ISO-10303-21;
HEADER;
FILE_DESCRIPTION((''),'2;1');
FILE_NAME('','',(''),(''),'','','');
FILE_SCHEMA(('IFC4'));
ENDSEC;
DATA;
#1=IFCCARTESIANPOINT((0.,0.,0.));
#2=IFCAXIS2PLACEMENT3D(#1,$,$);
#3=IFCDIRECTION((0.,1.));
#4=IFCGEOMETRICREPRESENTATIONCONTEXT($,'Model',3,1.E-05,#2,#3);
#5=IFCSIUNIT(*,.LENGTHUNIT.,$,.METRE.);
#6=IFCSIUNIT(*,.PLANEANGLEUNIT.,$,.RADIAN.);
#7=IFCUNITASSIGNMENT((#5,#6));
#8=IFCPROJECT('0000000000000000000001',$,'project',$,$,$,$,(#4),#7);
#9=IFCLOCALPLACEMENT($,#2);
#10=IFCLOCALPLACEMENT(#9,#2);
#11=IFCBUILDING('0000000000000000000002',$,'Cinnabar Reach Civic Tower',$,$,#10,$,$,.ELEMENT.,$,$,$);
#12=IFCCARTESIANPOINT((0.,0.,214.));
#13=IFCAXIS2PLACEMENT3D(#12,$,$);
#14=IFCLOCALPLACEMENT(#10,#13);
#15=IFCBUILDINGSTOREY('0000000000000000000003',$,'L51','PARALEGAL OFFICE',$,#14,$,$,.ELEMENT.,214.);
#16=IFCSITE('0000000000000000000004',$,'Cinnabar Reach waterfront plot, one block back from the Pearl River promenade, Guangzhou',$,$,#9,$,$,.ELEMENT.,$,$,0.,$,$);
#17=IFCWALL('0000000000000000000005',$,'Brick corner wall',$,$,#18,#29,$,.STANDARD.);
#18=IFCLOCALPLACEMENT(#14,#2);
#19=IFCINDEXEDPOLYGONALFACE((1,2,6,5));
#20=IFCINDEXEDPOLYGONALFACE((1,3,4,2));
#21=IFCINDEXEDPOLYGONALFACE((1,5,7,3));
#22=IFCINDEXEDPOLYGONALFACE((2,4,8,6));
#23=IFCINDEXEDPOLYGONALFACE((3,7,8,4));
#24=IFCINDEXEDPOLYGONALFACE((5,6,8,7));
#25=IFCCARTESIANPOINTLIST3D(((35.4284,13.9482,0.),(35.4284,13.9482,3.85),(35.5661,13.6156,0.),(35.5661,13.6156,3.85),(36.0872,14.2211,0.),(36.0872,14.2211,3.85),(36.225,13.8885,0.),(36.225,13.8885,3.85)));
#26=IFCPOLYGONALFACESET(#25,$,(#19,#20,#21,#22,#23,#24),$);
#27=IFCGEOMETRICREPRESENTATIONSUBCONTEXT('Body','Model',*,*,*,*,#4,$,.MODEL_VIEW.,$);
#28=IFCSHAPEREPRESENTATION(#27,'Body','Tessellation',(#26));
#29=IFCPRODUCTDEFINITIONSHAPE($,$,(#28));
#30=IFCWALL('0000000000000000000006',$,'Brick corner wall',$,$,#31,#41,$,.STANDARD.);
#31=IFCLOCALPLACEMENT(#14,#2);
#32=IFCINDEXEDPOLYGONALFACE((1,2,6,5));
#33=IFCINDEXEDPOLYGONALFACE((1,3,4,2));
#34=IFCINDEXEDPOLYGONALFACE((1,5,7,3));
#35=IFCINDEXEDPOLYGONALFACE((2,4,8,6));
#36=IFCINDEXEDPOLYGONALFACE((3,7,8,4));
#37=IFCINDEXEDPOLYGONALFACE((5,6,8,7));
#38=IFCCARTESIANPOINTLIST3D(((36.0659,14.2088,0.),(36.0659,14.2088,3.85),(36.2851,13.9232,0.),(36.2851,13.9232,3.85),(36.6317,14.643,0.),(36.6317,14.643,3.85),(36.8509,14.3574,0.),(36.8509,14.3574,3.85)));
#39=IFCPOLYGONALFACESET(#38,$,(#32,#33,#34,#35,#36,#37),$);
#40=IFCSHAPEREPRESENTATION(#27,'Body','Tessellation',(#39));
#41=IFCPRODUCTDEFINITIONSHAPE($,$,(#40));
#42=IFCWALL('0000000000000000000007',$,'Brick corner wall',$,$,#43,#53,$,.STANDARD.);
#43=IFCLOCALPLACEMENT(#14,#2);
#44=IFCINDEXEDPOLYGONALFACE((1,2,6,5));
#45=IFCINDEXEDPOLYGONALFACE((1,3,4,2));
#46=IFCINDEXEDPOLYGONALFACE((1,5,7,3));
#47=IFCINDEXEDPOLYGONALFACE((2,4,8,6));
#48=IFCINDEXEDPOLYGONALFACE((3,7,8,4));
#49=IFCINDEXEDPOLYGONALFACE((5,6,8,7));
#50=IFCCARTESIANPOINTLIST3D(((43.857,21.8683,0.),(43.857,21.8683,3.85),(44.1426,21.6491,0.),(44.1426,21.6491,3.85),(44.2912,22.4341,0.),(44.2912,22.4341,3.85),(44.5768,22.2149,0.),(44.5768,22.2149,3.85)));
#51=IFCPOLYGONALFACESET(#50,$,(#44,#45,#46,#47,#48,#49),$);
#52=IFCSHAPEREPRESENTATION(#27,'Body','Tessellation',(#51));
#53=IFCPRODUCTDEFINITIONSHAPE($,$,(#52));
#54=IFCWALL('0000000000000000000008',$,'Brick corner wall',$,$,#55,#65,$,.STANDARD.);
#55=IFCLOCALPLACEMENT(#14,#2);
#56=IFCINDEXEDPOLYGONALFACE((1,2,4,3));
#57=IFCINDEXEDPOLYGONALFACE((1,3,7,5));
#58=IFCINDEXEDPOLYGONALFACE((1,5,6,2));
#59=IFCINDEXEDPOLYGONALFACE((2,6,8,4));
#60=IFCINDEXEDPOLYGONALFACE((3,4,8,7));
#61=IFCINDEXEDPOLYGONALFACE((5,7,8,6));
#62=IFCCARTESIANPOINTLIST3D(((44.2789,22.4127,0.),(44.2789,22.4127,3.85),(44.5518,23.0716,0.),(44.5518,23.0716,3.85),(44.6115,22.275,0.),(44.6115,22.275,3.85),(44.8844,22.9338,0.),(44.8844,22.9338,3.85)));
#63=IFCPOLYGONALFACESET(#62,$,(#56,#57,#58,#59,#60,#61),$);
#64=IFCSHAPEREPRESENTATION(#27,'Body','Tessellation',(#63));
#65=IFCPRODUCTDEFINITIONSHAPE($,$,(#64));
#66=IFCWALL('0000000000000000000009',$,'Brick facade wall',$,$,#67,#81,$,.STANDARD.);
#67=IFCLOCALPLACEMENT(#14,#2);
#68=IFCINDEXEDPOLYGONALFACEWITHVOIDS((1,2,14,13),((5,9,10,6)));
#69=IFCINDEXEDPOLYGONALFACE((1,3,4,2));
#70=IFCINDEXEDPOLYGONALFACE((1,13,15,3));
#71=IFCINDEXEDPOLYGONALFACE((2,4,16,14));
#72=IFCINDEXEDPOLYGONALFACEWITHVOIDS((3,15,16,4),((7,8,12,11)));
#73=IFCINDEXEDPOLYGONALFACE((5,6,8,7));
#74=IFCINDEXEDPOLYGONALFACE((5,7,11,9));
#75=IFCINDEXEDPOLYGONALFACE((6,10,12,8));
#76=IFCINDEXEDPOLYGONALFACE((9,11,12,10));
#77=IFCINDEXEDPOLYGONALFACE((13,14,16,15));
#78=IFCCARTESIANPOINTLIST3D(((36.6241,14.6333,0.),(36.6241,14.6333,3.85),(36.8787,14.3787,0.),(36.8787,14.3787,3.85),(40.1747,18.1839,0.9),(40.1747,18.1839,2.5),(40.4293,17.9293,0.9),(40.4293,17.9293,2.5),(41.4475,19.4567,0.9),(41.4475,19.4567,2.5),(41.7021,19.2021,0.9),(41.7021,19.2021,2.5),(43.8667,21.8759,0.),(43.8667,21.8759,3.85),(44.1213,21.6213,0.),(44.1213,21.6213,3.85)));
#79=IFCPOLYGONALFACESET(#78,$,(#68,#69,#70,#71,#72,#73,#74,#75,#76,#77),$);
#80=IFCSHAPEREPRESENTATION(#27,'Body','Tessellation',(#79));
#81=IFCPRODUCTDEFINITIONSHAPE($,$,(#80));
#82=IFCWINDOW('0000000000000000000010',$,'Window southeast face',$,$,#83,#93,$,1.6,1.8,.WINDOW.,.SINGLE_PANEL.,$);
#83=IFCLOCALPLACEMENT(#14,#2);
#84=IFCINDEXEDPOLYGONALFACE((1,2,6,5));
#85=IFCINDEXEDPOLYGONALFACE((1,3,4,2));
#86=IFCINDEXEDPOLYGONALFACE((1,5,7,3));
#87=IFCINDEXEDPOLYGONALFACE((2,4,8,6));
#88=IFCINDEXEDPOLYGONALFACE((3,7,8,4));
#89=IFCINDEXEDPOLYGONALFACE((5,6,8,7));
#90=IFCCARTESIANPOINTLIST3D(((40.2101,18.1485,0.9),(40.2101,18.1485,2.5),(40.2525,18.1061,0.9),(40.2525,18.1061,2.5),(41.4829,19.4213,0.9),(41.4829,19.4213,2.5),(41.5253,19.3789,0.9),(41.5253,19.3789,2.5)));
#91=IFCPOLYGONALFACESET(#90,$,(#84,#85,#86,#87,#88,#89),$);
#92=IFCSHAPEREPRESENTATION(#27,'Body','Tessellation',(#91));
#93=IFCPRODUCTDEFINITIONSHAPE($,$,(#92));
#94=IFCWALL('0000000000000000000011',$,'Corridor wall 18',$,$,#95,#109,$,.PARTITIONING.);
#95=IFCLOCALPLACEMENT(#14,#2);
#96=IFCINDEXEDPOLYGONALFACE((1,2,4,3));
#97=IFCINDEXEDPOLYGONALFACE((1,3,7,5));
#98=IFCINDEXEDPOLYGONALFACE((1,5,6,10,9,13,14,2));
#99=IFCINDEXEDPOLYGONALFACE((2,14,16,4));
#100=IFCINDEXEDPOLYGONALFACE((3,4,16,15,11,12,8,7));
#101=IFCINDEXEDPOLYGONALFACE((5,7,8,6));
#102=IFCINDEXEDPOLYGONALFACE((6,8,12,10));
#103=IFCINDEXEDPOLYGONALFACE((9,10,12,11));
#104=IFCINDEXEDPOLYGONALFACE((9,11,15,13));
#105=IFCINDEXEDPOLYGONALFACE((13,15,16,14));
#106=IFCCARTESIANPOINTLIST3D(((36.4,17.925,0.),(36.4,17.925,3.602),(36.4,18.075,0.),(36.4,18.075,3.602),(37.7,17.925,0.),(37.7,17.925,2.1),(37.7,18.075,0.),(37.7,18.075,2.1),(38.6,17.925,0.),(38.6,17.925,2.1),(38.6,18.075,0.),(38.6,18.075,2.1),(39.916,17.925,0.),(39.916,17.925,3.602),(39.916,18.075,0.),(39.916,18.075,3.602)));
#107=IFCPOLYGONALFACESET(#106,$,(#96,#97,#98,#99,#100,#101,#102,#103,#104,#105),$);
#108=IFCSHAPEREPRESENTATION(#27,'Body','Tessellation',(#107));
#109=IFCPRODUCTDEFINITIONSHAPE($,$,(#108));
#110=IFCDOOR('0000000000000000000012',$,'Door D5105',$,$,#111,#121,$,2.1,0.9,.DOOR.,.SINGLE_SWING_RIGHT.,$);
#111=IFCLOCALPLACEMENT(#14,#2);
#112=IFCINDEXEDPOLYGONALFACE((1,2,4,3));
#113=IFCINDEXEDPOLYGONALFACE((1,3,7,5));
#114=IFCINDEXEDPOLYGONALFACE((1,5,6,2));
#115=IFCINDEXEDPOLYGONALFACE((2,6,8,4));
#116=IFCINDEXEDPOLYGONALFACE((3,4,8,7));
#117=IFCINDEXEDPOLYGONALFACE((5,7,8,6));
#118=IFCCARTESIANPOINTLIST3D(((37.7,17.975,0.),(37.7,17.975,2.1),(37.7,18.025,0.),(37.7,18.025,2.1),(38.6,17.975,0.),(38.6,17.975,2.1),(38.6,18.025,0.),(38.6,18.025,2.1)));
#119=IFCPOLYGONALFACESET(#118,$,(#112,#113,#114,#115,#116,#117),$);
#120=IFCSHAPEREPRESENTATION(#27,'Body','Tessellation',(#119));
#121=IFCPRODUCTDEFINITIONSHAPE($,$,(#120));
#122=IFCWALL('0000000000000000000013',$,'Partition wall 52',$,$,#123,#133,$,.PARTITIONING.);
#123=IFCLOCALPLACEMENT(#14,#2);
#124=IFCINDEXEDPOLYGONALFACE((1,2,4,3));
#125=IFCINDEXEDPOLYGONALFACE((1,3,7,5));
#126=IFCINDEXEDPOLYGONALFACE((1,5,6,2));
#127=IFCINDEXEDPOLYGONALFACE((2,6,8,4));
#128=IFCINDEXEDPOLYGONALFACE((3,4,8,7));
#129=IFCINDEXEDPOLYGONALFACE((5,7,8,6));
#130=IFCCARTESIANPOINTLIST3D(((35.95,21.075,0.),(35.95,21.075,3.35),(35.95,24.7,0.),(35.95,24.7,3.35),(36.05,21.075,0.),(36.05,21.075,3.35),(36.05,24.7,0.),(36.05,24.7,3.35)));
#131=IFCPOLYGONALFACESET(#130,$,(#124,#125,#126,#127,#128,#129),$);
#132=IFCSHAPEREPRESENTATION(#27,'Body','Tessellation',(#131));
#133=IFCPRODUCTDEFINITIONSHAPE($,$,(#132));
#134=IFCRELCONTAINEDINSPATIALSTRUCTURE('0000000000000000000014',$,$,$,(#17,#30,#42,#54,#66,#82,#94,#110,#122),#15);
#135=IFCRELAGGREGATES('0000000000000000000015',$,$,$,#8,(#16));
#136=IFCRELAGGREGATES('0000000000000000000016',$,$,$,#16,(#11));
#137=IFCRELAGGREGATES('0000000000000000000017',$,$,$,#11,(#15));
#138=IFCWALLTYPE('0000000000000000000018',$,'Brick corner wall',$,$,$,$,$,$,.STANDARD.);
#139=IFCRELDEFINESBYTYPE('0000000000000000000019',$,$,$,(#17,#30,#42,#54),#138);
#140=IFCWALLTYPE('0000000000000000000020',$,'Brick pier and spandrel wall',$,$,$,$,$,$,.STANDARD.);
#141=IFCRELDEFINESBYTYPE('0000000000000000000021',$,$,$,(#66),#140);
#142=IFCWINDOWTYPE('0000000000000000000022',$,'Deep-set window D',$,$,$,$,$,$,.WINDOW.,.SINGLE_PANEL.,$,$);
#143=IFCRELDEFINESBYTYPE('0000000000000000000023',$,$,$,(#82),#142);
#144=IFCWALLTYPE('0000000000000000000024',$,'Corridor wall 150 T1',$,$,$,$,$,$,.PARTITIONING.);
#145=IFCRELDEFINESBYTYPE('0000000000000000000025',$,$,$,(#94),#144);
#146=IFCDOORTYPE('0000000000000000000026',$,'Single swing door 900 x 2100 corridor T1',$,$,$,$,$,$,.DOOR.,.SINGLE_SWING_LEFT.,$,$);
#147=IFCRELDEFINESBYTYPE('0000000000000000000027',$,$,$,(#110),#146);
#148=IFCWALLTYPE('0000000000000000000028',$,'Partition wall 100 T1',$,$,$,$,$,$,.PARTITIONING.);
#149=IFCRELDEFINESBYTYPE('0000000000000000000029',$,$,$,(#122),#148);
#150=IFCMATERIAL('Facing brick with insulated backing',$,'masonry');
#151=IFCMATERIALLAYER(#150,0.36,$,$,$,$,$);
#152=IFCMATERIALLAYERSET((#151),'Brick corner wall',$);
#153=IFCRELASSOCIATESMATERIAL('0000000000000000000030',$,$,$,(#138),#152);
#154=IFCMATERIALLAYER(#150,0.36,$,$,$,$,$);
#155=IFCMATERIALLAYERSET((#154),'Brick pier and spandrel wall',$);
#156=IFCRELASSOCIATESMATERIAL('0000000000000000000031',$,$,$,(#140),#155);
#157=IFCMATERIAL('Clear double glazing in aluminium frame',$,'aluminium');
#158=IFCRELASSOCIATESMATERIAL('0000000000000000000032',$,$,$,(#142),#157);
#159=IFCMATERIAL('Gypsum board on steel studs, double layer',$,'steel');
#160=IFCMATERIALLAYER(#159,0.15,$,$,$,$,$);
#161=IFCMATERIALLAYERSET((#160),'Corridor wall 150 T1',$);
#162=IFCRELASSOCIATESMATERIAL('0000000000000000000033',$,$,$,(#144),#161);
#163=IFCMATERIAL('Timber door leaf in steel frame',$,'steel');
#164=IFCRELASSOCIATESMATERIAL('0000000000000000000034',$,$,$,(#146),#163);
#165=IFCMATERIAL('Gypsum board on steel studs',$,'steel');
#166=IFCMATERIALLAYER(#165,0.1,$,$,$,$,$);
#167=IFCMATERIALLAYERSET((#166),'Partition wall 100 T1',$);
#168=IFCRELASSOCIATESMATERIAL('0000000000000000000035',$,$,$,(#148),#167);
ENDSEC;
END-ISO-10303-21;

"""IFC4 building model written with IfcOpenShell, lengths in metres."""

from ifc_helpers import new_model, si_unit, direction, frame, frame_2d, origin, place, context, subcontext, project, spatial, rectangle, extrude, material, layer, layer_set, type_object, element, fill, save


model = new_model("IFC4")

# Units and contexts
model_context = context("Model", 3, precision=1e-05, world=origin(), true_north=direction((0.0, 1.0)))
body_context = subcontext(model_context, "Body", "Model", "MODEL_VIEW")
ifc_project = project(units=[si_unit("LENGTHUNIT", "METRE"), si_unit("PLANEANGLEUNIT", "RADIAN")], contexts=[model_context])

# Site, building, storey
site_placement = place(None, origin())
site = spatial("IfcSite", under=ifc_project, at=site_placement, Name="Cinnabar Reach waterfront plot, one block back from the Pearl River promenade, Guangzhou", CompositionType="ELEMENT", RefElevation=0.0)
building_placement = place(site_placement, origin())
building = spatial("IfcBuilding", under=site, at=building_placement, Name="Cinnabar Reach Civic Tower", CompositionType="ELEMENT")
storey_placement = place(building_placement, frame((0.0, 0.0, 214.0)))
storey = spatial("IfcBuildingStorey", under=building, at=storey_placement, Name="L51", Description="PARALEGAL OFFICE", CompositionType="ELEMENT", Elevation=214.0)

# Walls
ifc_material_1 = material(Name="Facing brick with insulated backing", Category="masonry")
ifc_layer_1 = layer(ifc_material_1, 0.36)
ifc_layer_set_1 = layer_set([ifc_layer_1], Name="Brick corner wall")
wall_type_1 = type_object("IfcWallType", Name="Brick corner wall", PredefinedType="STANDARD", material=ifc_layer_set_1)
wall_1_placement = place(storey_placement, frame((35.4973, 13.7819, 0.0), z_axis=(0.0, 0.0, 1.0), x_axis=(0.923872, 0.382703, 0.0)))
element("IfcWall", 1, at=wall_1_placement, inside=storey, type_object=wall_type_1, Name="Brick corner wall", PredefinedType="STANDARD", context=body_context, shape_type="SweptSolid", body=[
    extrude(rectangle(XDim=0.7131, YDim=0.36, at=frame_2d((0.3565, 0.0))), origin(), (0.0, 0.0, 1.0), 3.85),
])
for number, where, z_axis, x_axis, name in (
    (2, (36.1755, 14.066, 0.0), (0.0, 0.0, 1.0), (0.793322, 0.608802, 0.0), "Brick corner wall"),
    (3, (43.9998, 21.7587, 0.0), (0.0, 0.0, 1.0), (0.608802, 0.793322, 0.0), "Brick corner wall"),
):
    element("IfcWall", number, at=place(storey_placement, frame(where, z_axis=z_axis, x_axis=x_axis)), inside=storey, type_object=wall_type_1, Name=name, PredefinedType="STANDARD", context=body_context, shape_type="SweptSolid", body=[
        extrude(rectangle(XDim=0.7132, YDim=0.36, at=frame_2d((0.3566, 0.0))), origin(), (0.0, 0.0, 1.0), 3.85),
    ])
wall_2_placement = place(storey_placement, frame((44.4452, 22.3439, 0.0), z_axis=(0.0, 0.0, 1.0), x_axis=(0.382703, 0.923872, 0.0)))
element("IfcWall", 4, at=wall_2_placement, inside=storey, type_object=wall_type_1, Name="Brick corner wall", PredefinedType="STANDARD", context=body_context, shape_type="SweptSolid", body=[
    extrude(rectangle(XDim=0.7131, YDim=0.36, at=frame_2d((0.3565, 0.0))), origin(), (0.0, 0.0, 1.0), 3.85),
])

# Wall, opening, window
ifc_layer_2 = layer(ifc_material_1, 0.36)
ifc_layer_set_2 = layer_set([ifc_layer_2], Name="Brick pier and spandrel wall")
wall_type_2 = type_object("IfcWallType", Name="Brick pier and spandrel wall", PredefinedType="STANDARD", material=ifc_layer_set_2)
wall_3_placement = place(storey_placement, frame((36.7514, 14.506, 0.0), z_axis=(0.0, 0.0, 1.0), x_axis=(0.707107, 0.707107, 0.0)))
wall_3 = element("IfcWall", 5, at=wall_3_placement, inside=storey, type_object=wall_type_2, Name="Brick facade wall", PredefinedType="STANDARD", context=body_context, shape_type="SweptSolid", body=[
    extrude(rectangle(XDim=10.2426, YDim=0.36, at=frame_2d((5.1213, 0.0))), origin(), (0.0, 0.0, 1.0), 3.85),
])
opening_1_placement = place(wall_3_placement, frame((5.0213, 0.0, 0.9)))
opening_1 = element("IfcOpeningElement", 6, at=opening_1_placement, cuts=wall_3, PredefinedType="OPENING", context=body_context, shape_type="SweptSolid", body=[
    extrude(rectangle(XDim=1.8, YDim=1.6, at=frame_2d((0.9, 0.8))), frame((0.0, 0.19, 0.0), z_axis=(0.0, -1.0, 0.0), x_axis=(1.0, 0.0, 0.0)), (0.0, 0.0, 1.0), 0.38),
])
ifc_material_2 = material(Name="Clear double glazing in aluminium frame", Category="aluminium")
window_type = type_object("IfcWindowType", Name="Deep-set window D", PartitioningType="SINGLE_PANEL", PredefinedType="WINDOW", material=ifc_material_2)
window_placement = place(opening_1_placement, origin())
window = element("IfcWindow", 7, at=window_placement, inside=storey, type_object=window_type, Name="Window southeast face", OverallHeight=1.6, OverallWidth=1.8, PartitioningType="SINGLE_PANEL", PredefinedType="WINDOW", context=body_context, shape_type="SweptSolid", body=[
    extrude(rectangle(XDim=1.8, YDim=1.6, at=frame_2d((0.9, 0.8))), frame((0.0, 0.13, 0.0), z_axis=(0.0, -1.0, 0.0), x_axis=(1.0, 0.0, 0.0)), (0.0, 0.0, 1.0), 0.06),
])
fill(opening_1, window)

# Wall, opening, door
ifc_material_3 = material(Name="Gypsum board on steel studs, double layer", Category="steel")
ifc_layer_3 = layer(ifc_material_3, 0.15)
ifc_layer_set_3 = layer_set([ifc_layer_3], Name="Corridor wall 150 T1")
wall_type_3 = type_object("IfcWallType", Name="Corridor wall 150 T1", PredefinedType="PARTITIONING", material=ifc_layer_set_3)
wall_4_placement = place(storey_placement, frame((36.4, 18.0, 0.0), z_axis=(0.0, 0.0, 1.0), x_axis=(1.0, 0.0, 0.0)))
wall_4 = element("IfcWall", 8, at=wall_4_placement, inside=storey, type_object=wall_type_3, Name="Corridor wall 18", PredefinedType="PARTITIONING", context=body_context, shape_type="SweptSolid", body=[
    extrude(rectangle(XDim=3.516, YDim=0.15, at=frame_2d((1.758, 0.0))), origin(), (0.0, 0.0, 1.0), 3.602),
])
opening_2_placement = place(wall_4_placement, frame((1.3, 0.0, 0.0)))
opening_2 = element("IfcOpeningElement", 9, at=opening_2_placement, cuts=wall_4, PredefinedType="OPENING", context=body_context, shape_type="SweptSolid", body=[
    extrude(rectangle(XDim=0.9, YDim=2.1, at=frame_2d((0.45, 1.05))), frame((0.0, 0.085, 0.0), z_axis=(0.0, -1.0, 0.0), x_axis=(1.0, 0.0, 0.0)), (0.0, 0.0, 1.0), 0.17),
])
ifc_material_4 = material(Name="Timber door leaf in steel frame", Category="steel")
door_type = type_object("IfcDoorType", Name="Single swing door 900 x 2100 corridor T1", OperationType="SINGLE_SWING_LEFT", PredefinedType="DOOR", material=ifc_material_4)
door_placement = place(opening_2_placement, frame((0.9, 0.0, 0.0), z_axis=(0.0, 0.0, 1.0), x_axis=(-1.0, 0.0, 0.0)))
door = element("IfcDoor", 10, at=door_placement, inside=storey, type_object=door_type, Name="Door D5105", OperationType="SINGLE_SWING_RIGHT", OverallHeight=2.1, OverallWidth=0.9, PredefinedType="DOOR", context=body_context, shape_type="SweptSolid", body=[
    extrude(rectangle(XDim=0.9, YDim=2.1, at=frame_2d((0.45, 1.05))), frame((0.0, 0.025, 0.0), z_axis=(0.0, -1.0, 0.0), x_axis=(1.0, 0.0, 0.0)), (0.0, 0.0, 1.0), 0.05),
])
fill(opening_2, door)

# Wall
ifc_material_5 = material(Name="Gypsum board on steel studs", Category="steel")
ifc_layer_4 = layer(ifc_material_5, 0.1)
ifc_layer_set_4 = layer_set([ifc_layer_4], Name="Partition wall 100 T1")
wall_type_4 = type_object("IfcWallType", Name="Partition wall 100 T1", PredefinedType="PARTITIONING", material=ifc_layer_set_4)
wall_5_placement = place(storey_placement, frame((36.0, 21.075, 0.0), z_axis=(0.0, 0.0, 1.0), x_axis=(0.0, 1.0, 0.0)))
element("IfcWall", 11, at=wall_5_placement, inside=storey, type_object=wall_type_4, Name="Partition wall 52", PredefinedType="PARTITIONING", context=body_context, shape_type="SweptSolid", body=[
    extrude(rectangle(XDim=3.625, YDim=0.1, at=frame_2d((1.8125, 0.0))), origin(), (0.0, 0.0, 1.0), 3.35),
])

save(model, "model.ifc")
